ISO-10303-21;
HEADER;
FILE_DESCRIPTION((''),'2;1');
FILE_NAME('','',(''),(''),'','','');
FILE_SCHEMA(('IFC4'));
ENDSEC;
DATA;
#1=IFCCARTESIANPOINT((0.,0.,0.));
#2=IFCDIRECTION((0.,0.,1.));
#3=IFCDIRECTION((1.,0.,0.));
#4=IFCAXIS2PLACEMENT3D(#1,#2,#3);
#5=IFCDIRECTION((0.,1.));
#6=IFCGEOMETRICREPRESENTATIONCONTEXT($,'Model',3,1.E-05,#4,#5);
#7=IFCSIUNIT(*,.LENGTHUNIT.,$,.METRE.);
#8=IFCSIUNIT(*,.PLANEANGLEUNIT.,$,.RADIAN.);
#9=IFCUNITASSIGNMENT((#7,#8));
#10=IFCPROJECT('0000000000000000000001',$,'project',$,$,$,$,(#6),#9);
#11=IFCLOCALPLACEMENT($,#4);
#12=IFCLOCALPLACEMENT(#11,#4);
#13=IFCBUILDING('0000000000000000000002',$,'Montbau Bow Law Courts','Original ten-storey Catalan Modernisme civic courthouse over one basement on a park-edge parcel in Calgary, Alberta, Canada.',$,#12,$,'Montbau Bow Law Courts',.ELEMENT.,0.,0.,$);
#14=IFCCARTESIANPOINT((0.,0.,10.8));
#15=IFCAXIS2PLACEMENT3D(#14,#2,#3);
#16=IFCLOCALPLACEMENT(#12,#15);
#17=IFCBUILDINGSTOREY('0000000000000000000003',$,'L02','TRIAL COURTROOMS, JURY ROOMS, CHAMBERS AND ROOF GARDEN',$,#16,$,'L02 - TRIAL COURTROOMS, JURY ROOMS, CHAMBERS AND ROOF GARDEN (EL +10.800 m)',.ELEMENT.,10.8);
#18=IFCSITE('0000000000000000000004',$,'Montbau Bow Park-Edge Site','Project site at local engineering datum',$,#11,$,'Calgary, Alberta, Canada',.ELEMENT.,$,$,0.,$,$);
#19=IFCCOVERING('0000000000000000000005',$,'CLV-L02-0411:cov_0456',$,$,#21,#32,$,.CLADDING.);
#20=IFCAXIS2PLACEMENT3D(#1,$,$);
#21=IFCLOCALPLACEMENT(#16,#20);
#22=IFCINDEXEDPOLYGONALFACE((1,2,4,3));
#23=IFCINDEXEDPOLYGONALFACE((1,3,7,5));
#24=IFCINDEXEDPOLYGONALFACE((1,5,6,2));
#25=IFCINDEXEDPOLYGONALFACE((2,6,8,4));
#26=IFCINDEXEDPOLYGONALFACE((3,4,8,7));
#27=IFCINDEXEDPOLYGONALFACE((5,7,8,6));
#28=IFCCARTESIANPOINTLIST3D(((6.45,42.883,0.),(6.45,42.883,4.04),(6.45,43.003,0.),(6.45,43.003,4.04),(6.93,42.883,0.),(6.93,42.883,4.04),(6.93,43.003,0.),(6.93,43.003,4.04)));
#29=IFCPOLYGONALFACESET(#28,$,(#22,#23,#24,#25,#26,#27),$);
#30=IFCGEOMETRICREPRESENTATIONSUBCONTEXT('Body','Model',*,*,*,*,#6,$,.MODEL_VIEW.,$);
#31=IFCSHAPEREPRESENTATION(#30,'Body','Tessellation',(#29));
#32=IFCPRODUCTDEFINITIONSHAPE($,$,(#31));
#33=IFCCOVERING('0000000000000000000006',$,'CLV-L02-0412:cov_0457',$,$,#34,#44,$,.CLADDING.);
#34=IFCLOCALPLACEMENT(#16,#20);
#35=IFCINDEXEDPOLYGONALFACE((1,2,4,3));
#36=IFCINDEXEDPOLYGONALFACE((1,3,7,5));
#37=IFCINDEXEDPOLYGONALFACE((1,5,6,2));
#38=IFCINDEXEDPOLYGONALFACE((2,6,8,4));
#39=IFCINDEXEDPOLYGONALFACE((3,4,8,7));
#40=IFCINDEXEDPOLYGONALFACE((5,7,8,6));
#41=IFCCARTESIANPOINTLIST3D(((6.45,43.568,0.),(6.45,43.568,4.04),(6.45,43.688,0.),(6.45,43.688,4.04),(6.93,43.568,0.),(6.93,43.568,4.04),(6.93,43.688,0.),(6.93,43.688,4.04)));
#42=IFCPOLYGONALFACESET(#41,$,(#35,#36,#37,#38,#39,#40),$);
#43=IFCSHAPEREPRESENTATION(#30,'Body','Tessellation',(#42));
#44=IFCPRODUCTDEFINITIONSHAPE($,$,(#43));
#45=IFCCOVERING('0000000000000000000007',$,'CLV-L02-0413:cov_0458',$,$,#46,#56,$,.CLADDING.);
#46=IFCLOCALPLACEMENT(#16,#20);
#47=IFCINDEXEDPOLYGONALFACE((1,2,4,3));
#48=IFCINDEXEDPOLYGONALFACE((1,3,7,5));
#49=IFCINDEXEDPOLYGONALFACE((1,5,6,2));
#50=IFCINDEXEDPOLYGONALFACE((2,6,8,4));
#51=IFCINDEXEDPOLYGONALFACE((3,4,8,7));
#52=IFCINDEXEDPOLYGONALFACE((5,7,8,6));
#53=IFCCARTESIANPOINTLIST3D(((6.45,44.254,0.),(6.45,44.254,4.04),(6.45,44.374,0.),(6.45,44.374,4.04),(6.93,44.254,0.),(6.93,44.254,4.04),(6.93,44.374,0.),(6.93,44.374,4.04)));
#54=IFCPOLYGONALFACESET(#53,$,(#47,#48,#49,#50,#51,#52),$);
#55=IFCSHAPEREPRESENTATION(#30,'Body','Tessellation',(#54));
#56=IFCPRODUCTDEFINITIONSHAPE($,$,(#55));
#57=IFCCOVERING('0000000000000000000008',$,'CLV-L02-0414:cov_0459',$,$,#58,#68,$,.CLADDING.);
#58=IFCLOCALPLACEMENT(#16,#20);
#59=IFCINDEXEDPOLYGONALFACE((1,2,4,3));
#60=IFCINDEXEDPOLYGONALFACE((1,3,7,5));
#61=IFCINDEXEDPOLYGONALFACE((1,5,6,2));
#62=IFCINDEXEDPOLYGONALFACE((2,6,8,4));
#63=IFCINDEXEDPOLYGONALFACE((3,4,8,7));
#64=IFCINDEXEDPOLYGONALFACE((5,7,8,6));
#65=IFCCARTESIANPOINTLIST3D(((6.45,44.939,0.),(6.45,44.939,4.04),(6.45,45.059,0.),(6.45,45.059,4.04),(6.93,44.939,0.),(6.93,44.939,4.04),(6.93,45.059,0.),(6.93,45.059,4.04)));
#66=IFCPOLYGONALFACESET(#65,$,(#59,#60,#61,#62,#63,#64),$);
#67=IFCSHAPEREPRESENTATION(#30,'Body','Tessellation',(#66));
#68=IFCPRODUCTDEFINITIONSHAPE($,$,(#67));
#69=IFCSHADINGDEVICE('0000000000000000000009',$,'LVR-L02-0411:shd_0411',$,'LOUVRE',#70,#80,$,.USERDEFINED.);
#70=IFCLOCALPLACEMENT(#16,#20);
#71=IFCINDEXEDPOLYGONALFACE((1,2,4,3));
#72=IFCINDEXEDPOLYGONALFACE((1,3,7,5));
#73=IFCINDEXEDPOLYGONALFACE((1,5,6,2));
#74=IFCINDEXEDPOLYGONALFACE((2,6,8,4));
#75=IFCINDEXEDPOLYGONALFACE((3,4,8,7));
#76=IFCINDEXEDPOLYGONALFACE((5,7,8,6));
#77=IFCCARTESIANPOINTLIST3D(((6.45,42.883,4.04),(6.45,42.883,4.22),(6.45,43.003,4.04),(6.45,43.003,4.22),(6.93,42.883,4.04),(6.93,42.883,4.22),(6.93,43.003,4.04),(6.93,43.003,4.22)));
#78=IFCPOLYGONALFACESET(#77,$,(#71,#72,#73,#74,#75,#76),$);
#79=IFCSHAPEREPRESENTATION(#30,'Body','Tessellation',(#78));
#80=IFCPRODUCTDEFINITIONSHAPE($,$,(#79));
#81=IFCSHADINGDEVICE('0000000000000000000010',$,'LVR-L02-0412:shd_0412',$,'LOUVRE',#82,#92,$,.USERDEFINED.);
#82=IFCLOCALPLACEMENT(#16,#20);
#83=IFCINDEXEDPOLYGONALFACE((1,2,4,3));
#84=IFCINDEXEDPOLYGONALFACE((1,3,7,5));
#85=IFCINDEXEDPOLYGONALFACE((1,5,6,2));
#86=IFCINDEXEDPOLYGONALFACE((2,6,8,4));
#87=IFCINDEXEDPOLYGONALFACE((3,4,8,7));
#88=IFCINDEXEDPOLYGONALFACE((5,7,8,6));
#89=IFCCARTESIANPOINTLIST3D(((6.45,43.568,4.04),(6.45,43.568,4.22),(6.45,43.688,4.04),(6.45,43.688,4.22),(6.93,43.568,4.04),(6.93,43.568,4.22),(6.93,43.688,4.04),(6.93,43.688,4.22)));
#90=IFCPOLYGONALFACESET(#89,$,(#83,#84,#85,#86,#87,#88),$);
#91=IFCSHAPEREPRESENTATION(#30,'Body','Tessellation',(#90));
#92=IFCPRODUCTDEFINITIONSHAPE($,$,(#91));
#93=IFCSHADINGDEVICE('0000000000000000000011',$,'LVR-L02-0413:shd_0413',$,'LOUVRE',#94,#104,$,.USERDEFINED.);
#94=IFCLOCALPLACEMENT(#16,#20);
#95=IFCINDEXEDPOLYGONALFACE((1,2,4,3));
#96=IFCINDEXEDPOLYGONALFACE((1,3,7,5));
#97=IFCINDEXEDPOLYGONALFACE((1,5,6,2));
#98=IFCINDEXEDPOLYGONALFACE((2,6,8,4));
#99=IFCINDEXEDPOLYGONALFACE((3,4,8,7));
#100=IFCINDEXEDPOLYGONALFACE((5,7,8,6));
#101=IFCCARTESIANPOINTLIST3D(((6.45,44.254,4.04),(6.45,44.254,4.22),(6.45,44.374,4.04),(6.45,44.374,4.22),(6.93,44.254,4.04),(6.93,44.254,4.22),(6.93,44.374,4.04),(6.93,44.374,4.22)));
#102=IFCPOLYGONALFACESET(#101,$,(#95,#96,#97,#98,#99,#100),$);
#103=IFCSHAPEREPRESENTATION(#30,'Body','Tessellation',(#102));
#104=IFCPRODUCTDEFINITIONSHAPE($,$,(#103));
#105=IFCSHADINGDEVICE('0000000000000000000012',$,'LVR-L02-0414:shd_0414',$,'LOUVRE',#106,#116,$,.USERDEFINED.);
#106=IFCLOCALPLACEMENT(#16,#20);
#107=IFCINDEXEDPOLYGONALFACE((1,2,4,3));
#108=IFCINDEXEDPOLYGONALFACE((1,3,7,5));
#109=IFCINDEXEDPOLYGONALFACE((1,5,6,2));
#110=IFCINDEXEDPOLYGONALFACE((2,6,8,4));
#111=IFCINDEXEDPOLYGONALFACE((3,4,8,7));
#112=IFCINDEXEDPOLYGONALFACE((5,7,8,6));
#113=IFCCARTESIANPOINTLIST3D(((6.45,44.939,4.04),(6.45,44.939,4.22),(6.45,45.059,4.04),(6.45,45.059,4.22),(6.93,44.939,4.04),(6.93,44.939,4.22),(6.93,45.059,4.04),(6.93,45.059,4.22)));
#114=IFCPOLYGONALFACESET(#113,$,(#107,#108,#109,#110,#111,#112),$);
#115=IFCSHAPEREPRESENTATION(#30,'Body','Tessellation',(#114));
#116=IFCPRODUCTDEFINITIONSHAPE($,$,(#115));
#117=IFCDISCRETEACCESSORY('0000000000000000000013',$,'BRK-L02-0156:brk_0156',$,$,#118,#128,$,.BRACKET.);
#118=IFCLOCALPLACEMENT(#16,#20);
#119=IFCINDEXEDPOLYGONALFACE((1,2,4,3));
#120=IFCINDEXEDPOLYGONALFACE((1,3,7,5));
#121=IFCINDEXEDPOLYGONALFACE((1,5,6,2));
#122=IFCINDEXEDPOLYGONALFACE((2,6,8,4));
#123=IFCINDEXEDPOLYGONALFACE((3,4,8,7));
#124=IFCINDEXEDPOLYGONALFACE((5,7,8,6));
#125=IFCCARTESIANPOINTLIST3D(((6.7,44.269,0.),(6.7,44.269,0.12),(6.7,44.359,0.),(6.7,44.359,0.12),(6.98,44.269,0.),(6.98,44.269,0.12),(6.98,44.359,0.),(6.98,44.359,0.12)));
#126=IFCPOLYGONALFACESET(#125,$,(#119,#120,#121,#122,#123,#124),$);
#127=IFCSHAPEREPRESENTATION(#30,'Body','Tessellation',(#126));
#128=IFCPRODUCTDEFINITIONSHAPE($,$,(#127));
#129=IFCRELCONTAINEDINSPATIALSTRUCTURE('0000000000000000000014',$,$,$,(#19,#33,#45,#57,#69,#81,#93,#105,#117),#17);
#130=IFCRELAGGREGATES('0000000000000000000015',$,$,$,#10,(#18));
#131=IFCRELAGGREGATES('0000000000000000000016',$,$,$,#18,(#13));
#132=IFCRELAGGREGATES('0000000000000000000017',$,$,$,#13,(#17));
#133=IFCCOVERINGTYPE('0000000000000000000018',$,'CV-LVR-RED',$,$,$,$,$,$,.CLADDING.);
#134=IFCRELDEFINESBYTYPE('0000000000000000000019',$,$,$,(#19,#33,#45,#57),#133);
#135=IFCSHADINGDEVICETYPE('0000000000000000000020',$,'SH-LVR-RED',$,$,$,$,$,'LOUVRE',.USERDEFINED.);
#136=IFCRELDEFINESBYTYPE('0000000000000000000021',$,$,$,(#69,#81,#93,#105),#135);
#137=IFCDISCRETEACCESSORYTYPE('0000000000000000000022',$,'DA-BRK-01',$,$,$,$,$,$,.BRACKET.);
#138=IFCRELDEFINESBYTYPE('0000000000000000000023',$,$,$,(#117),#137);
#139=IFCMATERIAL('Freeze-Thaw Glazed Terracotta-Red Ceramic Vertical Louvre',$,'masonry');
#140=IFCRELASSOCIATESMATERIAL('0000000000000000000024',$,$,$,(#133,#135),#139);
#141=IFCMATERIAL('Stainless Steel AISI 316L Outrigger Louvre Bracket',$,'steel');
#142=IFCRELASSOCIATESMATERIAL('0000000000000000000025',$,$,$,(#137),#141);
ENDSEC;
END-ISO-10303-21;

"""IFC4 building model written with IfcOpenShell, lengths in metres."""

from ifc_helpers import new_model, si_unit, direction, frame, frame_2d, origin_with_axes, origin_2d_with_axis, place, context, subcontext, project, spatial, rectangle, extrude, material, type_object, element, save


model = new_model("IFC4")

# Units and contexts
model_context = context("Model", 3, precision=1e-05, world=origin_with_axes(), true_north=direction((0.0, 1.0)))
body_context = subcontext(model_context, "Body", "Model", "MODEL_VIEW")
ifc_project = project(units=[si_unit("LENGTHUNIT", "METRE"), si_unit("PLANEANGLEUNIT", "RADIAN")], contexts=[model_context])

# Site, building, storey
site_placement = place(None, origin_with_axes())
site = spatial("IfcSite", under=ifc_project, at=site_placement, Name="Montbau Bow Park-Edge Site", Description="Project site at local engineering datum", LongName="Calgary, Alberta, Canada", CompositionType="ELEMENT", RefElevation=0.0)
building_placement = place(site_placement, origin_with_axes())
building = spatial("IfcBuilding", under=site, at=building_placement, Name="Montbau Bow Law Courts", Description="Original ten-storey Catalan Modernisme civic courthouse over one basement on a park-edge parcel in Calgary, Alberta, Canada.", LongName="Montbau Bow Law Courts", CompositionType="ELEMENT", ElevationOfRefHeight=0.0, ElevationOfTerrain=0.0)
storey_placement = place(building_placement, frame((0.0, 0.0, 10.8), z_axis=(0.0, 0.0, 1.0), x_axis=(1.0, 0.0, 0.0)))
storey = spatial("IfcBuildingStorey", under=building, at=storey_placement, Name="L02", Description="TRIAL COURTROOMS, JURY ROOMS, CHAMBERS AND ROOF GARDEN", LongName="L02 - TRIAL COURTROOMS, JURY ROOMS, CHAMBERS AND ROOF GARDEN (EL +10.800 m)", CompositionType="ELEMENT", Elevation=10.8)

# Coverings
ifc_material_1 = material(Name="Freeze-Thaw Glazed Terracotta-Red Ceramic Vertical Louvre", Category="masonry")
covering_type = type_object("IfcCoveringType", Name="CV-LVR-RED", PredefinedType="CLADDING", material=ifc_material_1)
for number, where, z_axis, x_axis, name in (
    (1, (6.93, 42.943, 10.8), (0.0, 1.0, 0.0), (-1.0, 0.0, 0.0), "CLV-L02-0411:cov_0456"),
    (2, (6.93, 43.628, 10.8), (0.0, 1.0, 0.0), (-1.0, 0.0, 0.0), "CLV-L02-0412:cov_0457"),
    (3, (6.93, 44.314, 10.8), (0.0, 1.0, 0.0), (-1.0, 0.0, 0.0), "CLV-L02-0413:cov_0458"),
    (4, (6.93, 44.999, 10.8), (0.0, 1.0, 0.0), (-1.0, 0.0, 0.0), "CLV-L02-0414:cov_0459"),
):
    element("IfcCovering", number, at=place(None, frame(where, z_axis=z_axis, x_axis=x_axis)), inside=storey, type_object=covering_type, Name=name, PredefinedType="CLADDING", context=body_context, shape_type="SweptSolid", body=[
        extrude(rectangle(XDim=0.48, YDim=4.04, at=frame_2d((0.24, 2.02), x_axis=(1.0, 0.0))), frame((0.0, 0.0, -0.06), z_axis=(0.0, 0.0, 1.0), x_axis=(1.0, 0.0, 0.0)), (0.0, 0.0, 1.0), 0.12),
    ])

# Shading devices
shading_device_type = type_object("IfcShadingDeviceType", Name="SH-LVR-RED", ElementType="LOUVRE", PredefinedType="USERDEFINED", material=ifc_material_1)
for number, where, z_axis, x_axis, name in (
    (5, (6.69, 42.943, 14.84), (0.0, 0.0, 1.0), (-1.0, 0.0, 0.0), "LVR-L02-0411:shd_0411"),
    (6, (6.69, 43.628, 14.84), (0.0, 0.0, 1.0), (-1.0, 0.0, 0.0), "LVR-L02-0412:shd_0412"),
    (7, (6.69, 44.314, 14.84), (0.0, 0.0, 1.0), (-1.0, 0.0, 0.0), "LVR-L02-0413:shd_0413"),
    (8, (6.69, 44.999, 14.84), (0.0, 0.0, 1.0), (-1.0, 0.0, 0.0), "LVR-L02-0414:shd_0414"),
):
    element("IfcShadingDevice", number, at=place(None, frame(where, z_axis=z_axis, x_axis=x_axis)), inside=storey, type_object=shading_device_type, Name=name, ObjectType="LOUVRE", PredefinedType="USERDEFINED", context=body_context, shape_type="SweptSolid", body=[
        extrude(rectangle(XDim=0.48, YDim=0.12, at=origin_2d_with_axis()), origin_with_axes(), (0.0, 0.0, 1.0), 0.18),
    ])

# Discrete accessory
ifc_material_2 = material(Name="Stainless Steel AISI 316L Outrigger Louvre Bracket", Category="steel")
discrete_accessory_type = type_object("IfcDiscreteAccessoryType", Name="DA-BRK-01", PredefinedType="BRACKET", material=ifc_material_2)
discrete_accessory_placement = place(None, frame((6.84, 44.314, 10.8), z_axis=(0.0, 0.0, 1.0), x_axis=(-1.0, 0.0, 0.0)))
element("IfcDiscreteAccessory", 9, at=discrete_accessory_placement, inside=storey, type_object=discrete_accessory_type, Name="BRK-L02-0156:brk_0156", PredefinedType="BRACKET", context=body_context, shape_type="SweptSolid", body=[
    extrude(rectangle(XDim=0.28, YDim=0.09, at=origin_2d_with_axis()), origin_with_axes(), (0.0, 0.0, 1.0), 0.12),
])

save(model, "model.ifc")
